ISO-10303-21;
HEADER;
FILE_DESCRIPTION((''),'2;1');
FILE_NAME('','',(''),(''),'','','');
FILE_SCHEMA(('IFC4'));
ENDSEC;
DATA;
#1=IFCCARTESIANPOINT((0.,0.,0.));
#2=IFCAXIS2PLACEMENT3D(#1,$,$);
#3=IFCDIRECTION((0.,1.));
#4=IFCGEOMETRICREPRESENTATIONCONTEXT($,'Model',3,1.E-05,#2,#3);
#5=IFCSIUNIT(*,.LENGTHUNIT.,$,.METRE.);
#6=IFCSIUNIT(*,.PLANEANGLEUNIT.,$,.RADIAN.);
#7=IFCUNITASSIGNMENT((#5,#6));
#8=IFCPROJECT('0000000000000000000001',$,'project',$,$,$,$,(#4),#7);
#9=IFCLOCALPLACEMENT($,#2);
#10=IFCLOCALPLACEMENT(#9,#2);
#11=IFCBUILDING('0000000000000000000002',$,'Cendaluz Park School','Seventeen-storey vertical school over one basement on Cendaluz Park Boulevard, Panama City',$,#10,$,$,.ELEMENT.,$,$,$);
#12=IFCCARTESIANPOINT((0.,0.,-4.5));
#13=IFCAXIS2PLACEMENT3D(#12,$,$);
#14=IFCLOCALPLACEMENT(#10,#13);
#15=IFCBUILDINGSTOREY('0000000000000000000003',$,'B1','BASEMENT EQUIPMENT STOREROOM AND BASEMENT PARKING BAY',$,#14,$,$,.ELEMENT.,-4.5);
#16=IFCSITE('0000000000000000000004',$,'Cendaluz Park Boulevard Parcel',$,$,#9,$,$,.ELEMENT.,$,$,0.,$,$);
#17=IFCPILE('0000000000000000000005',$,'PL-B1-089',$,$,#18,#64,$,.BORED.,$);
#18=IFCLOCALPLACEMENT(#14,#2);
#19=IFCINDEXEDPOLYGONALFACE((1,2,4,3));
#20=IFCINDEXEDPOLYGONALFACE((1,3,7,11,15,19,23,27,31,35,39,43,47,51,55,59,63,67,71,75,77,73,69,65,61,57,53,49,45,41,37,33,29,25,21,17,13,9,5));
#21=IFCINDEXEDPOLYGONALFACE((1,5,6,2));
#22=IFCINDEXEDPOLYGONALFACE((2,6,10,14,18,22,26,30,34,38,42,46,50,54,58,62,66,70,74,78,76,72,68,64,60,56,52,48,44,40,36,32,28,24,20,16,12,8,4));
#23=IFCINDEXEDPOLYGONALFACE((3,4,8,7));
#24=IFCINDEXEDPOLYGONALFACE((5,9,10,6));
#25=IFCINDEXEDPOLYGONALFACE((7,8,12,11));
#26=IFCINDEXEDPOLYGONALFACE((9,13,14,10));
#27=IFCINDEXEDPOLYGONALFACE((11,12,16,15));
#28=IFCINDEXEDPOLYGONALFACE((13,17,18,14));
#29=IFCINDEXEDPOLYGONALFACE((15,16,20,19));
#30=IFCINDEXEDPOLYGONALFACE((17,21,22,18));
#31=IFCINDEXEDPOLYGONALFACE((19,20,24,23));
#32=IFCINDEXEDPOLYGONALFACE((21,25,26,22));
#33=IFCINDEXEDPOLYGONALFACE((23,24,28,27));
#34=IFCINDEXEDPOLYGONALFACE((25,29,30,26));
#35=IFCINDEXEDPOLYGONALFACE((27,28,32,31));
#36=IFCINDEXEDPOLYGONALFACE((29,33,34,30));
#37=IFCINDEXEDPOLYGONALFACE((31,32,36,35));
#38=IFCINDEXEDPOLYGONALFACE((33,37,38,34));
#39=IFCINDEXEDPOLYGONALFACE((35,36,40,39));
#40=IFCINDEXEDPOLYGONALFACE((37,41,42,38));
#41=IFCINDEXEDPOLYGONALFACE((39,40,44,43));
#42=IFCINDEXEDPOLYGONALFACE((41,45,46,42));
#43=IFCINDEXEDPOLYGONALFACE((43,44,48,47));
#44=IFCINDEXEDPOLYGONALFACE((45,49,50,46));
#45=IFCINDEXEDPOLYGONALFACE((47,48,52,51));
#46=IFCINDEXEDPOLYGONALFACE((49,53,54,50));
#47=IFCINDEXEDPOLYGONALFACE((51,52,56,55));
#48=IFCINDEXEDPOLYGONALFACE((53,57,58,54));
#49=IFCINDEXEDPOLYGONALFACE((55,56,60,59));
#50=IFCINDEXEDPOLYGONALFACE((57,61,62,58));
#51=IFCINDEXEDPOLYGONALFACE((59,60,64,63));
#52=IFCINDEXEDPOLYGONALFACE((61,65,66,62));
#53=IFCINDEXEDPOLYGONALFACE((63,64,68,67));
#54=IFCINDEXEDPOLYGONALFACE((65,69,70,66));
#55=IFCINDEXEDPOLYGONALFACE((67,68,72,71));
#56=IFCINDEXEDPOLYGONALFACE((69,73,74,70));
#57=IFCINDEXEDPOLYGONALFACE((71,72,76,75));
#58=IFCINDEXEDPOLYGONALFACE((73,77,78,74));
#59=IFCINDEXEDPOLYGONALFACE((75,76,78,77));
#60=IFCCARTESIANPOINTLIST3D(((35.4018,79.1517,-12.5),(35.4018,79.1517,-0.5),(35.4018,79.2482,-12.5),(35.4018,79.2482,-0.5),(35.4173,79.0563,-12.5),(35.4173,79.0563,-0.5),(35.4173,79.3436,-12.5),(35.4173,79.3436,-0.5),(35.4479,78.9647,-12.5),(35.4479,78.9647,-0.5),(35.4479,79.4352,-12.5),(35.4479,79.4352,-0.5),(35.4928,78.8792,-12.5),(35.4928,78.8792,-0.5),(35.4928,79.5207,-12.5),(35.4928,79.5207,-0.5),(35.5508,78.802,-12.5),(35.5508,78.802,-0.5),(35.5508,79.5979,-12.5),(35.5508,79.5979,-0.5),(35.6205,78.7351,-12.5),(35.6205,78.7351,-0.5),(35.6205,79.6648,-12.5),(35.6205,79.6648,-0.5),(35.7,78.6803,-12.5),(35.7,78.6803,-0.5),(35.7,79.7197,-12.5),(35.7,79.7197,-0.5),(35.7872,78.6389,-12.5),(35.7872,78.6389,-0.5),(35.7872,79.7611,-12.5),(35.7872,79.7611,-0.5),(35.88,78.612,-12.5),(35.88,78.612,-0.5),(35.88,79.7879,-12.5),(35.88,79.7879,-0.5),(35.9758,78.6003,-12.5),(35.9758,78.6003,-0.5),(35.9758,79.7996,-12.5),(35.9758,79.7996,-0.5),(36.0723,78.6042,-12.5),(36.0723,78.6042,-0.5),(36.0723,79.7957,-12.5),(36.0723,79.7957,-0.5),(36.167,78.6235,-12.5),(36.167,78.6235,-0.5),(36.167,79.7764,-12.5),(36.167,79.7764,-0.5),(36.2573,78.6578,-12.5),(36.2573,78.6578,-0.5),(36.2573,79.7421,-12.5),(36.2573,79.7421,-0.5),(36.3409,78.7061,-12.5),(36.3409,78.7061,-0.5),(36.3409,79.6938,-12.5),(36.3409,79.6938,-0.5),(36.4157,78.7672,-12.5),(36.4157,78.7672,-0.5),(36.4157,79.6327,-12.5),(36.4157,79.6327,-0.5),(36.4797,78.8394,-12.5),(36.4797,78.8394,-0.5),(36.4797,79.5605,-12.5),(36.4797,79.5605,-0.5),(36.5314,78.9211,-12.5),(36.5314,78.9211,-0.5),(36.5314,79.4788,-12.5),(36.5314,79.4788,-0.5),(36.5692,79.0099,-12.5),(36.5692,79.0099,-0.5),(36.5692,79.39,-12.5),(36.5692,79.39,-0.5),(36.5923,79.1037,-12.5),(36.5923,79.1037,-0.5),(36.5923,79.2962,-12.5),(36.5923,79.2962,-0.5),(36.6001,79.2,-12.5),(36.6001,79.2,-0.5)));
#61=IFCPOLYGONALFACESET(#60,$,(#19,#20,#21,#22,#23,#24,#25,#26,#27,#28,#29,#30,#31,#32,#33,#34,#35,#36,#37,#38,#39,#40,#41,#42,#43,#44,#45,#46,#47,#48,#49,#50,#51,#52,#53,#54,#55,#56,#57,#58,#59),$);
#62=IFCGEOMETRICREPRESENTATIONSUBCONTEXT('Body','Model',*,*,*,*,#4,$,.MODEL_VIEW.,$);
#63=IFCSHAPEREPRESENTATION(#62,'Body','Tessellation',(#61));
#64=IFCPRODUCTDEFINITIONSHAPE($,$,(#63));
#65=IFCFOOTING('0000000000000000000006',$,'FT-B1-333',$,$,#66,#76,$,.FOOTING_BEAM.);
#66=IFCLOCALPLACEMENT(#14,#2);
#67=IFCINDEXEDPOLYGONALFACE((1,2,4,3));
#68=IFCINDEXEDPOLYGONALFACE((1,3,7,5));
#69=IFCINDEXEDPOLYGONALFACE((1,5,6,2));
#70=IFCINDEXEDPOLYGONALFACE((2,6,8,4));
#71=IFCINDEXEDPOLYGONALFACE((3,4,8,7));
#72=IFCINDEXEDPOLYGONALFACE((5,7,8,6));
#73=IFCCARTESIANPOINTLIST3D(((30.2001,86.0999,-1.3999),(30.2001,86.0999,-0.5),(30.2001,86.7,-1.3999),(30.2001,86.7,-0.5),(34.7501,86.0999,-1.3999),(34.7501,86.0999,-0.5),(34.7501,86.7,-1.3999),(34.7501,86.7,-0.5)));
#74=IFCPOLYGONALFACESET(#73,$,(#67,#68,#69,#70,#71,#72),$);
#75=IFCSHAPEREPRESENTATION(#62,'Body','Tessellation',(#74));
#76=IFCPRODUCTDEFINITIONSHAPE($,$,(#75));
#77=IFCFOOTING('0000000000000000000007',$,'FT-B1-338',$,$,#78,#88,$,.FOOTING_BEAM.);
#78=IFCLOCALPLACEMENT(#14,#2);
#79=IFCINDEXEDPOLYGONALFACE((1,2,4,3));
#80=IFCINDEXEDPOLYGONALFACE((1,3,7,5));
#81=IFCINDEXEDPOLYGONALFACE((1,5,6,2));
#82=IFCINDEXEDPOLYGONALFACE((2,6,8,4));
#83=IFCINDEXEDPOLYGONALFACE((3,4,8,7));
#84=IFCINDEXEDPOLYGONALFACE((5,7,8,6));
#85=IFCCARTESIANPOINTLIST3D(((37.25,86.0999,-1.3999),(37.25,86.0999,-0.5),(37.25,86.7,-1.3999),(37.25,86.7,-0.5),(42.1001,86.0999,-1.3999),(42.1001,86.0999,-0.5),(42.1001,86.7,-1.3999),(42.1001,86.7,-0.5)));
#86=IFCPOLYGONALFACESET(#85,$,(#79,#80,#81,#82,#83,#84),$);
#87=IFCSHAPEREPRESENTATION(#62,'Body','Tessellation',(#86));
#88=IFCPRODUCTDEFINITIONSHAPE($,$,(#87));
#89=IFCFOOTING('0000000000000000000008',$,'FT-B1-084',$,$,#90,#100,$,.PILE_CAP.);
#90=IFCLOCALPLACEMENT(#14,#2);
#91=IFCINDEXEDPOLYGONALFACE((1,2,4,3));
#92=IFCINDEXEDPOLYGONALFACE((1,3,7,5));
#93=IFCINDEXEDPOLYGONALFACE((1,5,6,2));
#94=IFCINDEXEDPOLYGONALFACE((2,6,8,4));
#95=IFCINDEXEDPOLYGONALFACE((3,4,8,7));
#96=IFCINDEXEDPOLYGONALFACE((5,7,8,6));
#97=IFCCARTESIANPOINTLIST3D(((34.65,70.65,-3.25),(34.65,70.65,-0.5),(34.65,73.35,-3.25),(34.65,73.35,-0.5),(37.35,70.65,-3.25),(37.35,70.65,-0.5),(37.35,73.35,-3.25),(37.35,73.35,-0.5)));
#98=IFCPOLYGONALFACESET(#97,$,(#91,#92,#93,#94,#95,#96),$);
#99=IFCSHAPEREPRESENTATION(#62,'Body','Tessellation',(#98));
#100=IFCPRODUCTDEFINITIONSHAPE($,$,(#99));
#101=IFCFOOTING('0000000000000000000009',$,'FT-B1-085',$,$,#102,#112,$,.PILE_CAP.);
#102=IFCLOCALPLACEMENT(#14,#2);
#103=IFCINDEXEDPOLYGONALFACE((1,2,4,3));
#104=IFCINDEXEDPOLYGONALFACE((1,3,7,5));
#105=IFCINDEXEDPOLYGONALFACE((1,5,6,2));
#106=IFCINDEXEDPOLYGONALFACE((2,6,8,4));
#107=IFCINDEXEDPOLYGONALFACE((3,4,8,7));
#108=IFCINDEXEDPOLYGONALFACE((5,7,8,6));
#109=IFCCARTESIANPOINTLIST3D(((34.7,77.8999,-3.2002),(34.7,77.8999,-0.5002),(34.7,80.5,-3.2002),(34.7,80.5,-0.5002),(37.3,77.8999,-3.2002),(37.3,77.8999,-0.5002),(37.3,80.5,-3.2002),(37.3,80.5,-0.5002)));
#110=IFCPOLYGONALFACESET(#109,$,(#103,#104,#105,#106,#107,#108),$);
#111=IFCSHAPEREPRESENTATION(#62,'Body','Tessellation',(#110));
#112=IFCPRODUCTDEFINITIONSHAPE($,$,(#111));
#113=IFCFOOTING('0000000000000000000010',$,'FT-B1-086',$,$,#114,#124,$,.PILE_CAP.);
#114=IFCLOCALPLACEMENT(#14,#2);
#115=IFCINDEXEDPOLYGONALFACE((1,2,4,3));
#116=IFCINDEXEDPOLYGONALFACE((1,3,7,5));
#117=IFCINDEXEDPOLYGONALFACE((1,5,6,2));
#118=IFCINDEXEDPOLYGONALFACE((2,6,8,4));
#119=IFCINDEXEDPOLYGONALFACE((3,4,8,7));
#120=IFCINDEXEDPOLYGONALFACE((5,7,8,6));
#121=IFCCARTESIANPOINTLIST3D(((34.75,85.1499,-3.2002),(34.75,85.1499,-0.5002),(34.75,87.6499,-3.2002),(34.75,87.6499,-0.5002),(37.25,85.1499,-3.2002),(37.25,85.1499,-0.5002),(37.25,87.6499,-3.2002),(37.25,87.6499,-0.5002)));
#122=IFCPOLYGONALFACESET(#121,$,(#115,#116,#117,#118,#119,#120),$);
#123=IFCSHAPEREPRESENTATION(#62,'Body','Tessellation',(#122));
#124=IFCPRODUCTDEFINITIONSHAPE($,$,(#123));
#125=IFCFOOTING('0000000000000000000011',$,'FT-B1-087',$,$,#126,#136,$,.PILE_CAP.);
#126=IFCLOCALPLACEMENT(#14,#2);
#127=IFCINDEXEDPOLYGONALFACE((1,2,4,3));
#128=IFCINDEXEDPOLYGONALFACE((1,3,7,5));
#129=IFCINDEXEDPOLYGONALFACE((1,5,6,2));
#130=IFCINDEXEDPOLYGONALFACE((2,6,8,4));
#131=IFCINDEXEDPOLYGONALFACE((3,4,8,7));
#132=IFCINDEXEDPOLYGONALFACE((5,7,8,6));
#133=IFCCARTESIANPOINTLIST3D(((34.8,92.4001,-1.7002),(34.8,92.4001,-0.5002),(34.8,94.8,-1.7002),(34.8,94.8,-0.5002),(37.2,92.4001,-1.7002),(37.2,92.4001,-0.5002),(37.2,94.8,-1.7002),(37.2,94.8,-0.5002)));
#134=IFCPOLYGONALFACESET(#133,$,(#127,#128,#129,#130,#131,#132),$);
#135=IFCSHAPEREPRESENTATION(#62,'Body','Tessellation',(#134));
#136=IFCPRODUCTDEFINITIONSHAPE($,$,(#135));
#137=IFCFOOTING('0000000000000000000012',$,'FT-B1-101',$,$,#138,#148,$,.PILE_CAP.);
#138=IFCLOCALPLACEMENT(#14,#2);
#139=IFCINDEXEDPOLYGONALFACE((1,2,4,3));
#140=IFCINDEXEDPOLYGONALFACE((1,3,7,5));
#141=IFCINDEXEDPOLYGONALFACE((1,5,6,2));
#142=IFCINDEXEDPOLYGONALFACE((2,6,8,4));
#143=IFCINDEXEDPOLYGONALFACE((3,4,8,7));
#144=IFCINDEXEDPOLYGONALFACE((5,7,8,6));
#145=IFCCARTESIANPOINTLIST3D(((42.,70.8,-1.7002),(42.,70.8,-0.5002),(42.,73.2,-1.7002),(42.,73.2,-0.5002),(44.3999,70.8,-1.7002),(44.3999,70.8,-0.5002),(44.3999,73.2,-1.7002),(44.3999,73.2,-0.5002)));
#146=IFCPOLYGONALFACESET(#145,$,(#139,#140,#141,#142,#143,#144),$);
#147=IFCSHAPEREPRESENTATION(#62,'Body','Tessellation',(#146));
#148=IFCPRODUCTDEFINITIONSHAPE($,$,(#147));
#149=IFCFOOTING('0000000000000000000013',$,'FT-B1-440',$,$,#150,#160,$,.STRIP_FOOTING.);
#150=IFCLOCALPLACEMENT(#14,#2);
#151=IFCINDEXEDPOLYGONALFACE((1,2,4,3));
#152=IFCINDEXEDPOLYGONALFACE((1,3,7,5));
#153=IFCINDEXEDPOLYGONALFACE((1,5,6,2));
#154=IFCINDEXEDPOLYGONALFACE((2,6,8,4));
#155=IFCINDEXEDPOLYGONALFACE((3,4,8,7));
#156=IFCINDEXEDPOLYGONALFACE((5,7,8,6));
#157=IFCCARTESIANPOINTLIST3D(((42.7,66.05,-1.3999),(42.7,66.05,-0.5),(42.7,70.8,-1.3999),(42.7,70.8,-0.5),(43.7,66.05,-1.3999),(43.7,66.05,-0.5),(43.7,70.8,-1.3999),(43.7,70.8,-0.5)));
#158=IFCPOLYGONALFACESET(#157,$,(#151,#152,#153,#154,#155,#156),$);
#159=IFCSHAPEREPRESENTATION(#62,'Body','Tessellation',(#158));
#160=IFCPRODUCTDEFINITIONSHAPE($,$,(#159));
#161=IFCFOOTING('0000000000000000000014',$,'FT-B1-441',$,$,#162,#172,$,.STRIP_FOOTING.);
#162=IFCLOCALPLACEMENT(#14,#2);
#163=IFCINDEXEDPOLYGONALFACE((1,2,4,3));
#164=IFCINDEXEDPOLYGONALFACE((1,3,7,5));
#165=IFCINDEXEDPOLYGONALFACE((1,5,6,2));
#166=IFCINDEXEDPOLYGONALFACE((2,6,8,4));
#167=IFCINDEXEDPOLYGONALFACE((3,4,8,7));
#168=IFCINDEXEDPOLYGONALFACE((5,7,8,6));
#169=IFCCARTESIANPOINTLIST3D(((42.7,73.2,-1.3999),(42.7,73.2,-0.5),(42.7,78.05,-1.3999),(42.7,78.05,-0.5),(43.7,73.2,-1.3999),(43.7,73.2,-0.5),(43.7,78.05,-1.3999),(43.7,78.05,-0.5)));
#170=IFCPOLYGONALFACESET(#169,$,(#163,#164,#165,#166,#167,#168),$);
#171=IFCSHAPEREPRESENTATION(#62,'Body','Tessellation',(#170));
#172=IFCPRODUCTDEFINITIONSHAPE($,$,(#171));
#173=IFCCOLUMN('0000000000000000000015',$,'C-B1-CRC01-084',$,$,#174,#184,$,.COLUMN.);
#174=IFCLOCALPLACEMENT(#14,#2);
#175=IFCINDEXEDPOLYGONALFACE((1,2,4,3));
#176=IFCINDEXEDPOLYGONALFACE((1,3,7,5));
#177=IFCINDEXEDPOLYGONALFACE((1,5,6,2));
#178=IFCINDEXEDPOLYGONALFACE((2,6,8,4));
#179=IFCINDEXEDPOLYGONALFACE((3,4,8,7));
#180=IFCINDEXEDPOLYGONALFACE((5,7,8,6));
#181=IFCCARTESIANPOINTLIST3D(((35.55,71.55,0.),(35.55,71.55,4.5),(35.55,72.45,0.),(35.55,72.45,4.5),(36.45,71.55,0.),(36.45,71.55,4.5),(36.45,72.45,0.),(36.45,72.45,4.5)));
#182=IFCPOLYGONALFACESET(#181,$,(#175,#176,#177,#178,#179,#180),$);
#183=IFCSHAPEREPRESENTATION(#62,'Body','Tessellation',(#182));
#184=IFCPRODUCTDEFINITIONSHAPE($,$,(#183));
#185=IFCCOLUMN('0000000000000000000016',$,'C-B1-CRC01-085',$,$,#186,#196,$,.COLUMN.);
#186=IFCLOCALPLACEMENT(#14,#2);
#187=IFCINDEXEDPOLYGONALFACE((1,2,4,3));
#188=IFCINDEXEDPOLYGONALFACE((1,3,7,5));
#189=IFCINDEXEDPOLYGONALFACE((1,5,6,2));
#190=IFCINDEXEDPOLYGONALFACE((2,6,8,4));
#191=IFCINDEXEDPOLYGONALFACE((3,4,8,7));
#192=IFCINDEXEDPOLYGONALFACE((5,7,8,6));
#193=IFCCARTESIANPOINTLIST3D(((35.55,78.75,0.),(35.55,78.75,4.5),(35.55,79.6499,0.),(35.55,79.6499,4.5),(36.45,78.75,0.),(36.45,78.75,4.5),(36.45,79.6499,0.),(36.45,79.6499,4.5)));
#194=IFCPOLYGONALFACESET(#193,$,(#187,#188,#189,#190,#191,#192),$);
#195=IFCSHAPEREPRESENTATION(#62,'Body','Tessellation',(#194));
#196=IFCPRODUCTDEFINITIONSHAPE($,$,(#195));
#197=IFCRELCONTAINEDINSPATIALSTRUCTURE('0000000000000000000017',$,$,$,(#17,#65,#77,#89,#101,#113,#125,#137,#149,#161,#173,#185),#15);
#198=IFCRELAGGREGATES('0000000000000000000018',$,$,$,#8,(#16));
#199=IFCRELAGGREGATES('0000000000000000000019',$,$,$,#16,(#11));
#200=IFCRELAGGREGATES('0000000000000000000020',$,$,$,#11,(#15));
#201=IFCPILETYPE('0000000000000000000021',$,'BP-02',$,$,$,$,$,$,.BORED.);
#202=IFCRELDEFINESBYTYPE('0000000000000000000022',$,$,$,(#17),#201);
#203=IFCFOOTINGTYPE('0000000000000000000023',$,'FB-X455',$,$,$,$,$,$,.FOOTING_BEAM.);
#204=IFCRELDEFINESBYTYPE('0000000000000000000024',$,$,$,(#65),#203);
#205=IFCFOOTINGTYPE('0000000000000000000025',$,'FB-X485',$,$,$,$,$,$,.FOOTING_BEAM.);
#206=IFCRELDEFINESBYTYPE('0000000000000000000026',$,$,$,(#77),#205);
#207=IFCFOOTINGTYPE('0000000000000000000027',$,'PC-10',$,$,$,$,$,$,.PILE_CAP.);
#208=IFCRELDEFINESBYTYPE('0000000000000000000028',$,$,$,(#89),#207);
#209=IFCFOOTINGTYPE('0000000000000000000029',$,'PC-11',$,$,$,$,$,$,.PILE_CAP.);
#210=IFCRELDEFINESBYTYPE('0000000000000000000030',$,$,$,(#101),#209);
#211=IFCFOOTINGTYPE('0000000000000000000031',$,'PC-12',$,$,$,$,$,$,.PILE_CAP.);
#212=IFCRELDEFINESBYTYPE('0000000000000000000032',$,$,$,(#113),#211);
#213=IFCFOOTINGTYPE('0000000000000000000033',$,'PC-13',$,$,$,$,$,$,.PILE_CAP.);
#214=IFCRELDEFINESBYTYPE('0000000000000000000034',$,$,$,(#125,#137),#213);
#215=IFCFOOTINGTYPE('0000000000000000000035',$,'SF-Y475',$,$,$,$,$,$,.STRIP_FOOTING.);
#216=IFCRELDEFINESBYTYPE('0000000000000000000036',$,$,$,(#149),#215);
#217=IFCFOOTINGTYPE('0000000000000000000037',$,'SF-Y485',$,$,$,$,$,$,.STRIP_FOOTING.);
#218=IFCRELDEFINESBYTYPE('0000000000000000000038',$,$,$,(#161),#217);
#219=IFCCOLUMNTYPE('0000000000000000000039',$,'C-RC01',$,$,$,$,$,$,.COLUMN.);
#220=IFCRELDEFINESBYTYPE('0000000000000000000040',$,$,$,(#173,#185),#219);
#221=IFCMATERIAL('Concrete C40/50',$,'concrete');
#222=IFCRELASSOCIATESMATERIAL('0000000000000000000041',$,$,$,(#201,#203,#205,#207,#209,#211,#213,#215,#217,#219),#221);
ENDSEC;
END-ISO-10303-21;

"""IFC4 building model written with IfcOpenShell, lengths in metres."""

from ifc_helpers import new_model, si_unit, direction, frame, origin, origin_2d, place, context, subcontext, project, spatial, rectangle, circle, extrude, material, material_profile, profile_set, type_object, element, save


model = new_model("IFC4")

# Units and contexts
model_context = context("Model", 3, precision=1e-05, world=origin(), true_north=direction((0.0, 1.0)))
body_context = subcontext(model_context, "Body", "Model", "MODEL_VIEW")
ifc_project = project(units=[si_unit("LENGTHUNIT", "METRE"), si_unit("PLANEANGLEUNIT", "RADIAN")], contexts=[model_context])

# Site, building, storey
site_placement = place(None, origin())
site = spatial("IfcSite", under=ifc_project, at=site_placement, Name="Cendaluz Park Boulevard Parcel", CompositionType="ELEMENT", RefElevation=0.0)
building_placement = place(site_placement, origin())
building = spatial("IfcBuilding", under=site, at=building_placement, Name="Cendaluz Park School", Description="Seventeen-storey vertical school over one basement on Cendaluz Park Boulevard, Panama City", CompositionType="ELEMENT")
storey_placement = place(building_placement, frame((0.0, 0.0, -4.5)))
storey = spatial("IfcBuildingStorey", under=building, at=storey_placement, Name="B1", Description="BASEMENT EQUIPMENT STOREROOM AND BASEMENT PARKING BAY", CompositionType="ELEMENT", Elevation=-4.5)

# Pile
ifc_material_1 = material(Name="Concrete C40/50", Category="concrete")
ifc_material_profile_1 = material_profile(ifc_material_1, circle(Radius=0.6001, at=origin_2d()), Name="BP D1200", Category="concrete")
ifc_profile_set_1 = profile_set([ifc_material_profile_1], Name="Concrete C40/50")
pile_type_1 = type_object("IfcPileType", Name="BP-02", PredefinedType="BORED", material=ifc_profile_set_1)
for number, where, z_axis, x_axis, name in (
    (1, (36.0, 79.2, -0.5), (0.0, 0.0, -1.0), (1.0, 0.0, 0.0), "PL-B1-089"),
):
    element("IfcPile", number, at=place(storey_placement, frame(where, z_axis=z_axis, x_axis=x_axis)), inside=storey, type_object=pile_type_1, Name=name, PredefinedType="BORED", context=body_context, shape_type="SweptSolid", body=[
        extrude(circle(Radius=0.6001, at=origin_2d()), origin(), (0.0, 0.0, 1.0), 12.0),
    ])

# Footings
footing_type_1 = type_object("IfcFootingType", Name="FB-X455", PredefinedType="FOOTING_BEAM", material=ifc_material_1)
footing_1_placement = place(storey_placement, frame((32.4751, 86.3999, -1.3999), z_axis=(0.0, 0.0, 1.0), x_axis=(1.0, 0.0, 0.0)))
element("IfcFooting", 2, at=footing_1_placement, inside=storey, type_object=footing_type_1, Name="FT-B1-333", PredefinedType="FOOTING_BEAM", context=body_context, shape_type="SweptSolid", body=[
    extrude(rectangle(XDim=4.55, YDim=0.6001, at=origin_2d()), origin(), (0.0, 0.0, 1.0), 0.8999),
])
footing_type_2 = type_object("IfcFootingType", Name="FB-X485", PredefinedType="FOOTING_BEAM", material=ifc_material_1)
footing_2_placement = place(storey_placement, frame((39.675, 86.3999, -1.3999), z_axis=(0.0, 0.0, 1.0), x_axis=(1.0, 0.0, 0.0)))
element("IfcFooting", 3, at=footing_2_placement, inside=storey, type_object=footing_type_2, Name="FT-B1-338", PredefinedType="FOOTING_BEAM", context=body_context, shape_type="SweptSolid", body=[
    extrude(rectangle(XDim=4.8501, YDim=0.6001, at=origin_2d()), origin(), (0.0, 0.0, 1.0), 0.8999),
])
footing_type_3 = type_object("IfcFootingType", Name="PC-10", PredefinedType="PILE_CAP", material=ifc_material_1)
footing_3_placement = place(storey_placement, frame((36.0, 72.0, -3.25), z_axis=(0.0, 0.0, 1.0), x_axis=(1.0, 0.0, 0.0)))
element("IfcFooting", 4, at=footing_3_placement, inside=storey, type_object=footing_type_3, Name="FT-B1-084", PredefinedType="PILE_CAP", context=body_context, shape_type="SweptSolid", body=[
    extrude(rectangle(XDim=2.7, YDim=2.7, at=origin_2d()), origin(), (0.0, 0.0, 1.0), 2.75),
])
footing_type_4 = type_object("IfcFootingType", Name="PC-11", PredefinedType="PILE_CAP", material=ifc_material_1)
footing_4_placement = place(storey_placement, frame((36.0, 79.2, -3.2002), z_axis=(0.0, 0.0, 1.0), x_axis=(1.0, 0.0, 0.0)))
element("IfcFooting", 5, at=footing_4_placement, inside=storey, type_object=footing_type_4, Name="FT-B1-085", PredefinedType="PILE_CAP", context=body_context, shape_type="SweptSolid", body=[
    extrude(rectangle(XDim=2.6001, YDim=2.6001, at=origin_2d()), origin(), (0.0, 0.0, 1.0), 2.7),
])
footing_type_5 = type_object("IfcFootingType", Name="PC-12", PredefinedType="PILE_CAP", material=ifc_material_1)
footing_5_placement = place(storey_placement, frame((36.0, 86.3999, -3.2002), z_axis=(0.0, 0.0, 1.0), x_axis=(1.0, 0.0, 0.0)))
element("IfcFooting", 6, at=footing_5_placement, inside=storey, type_object=footing_type_5, Name="FT-B1-086", PredefinedType="PILE_CAP", context=body_context, shape_type="SweptSolid", body=[
    extrude(rectangle(XDim=2.5, YDim=2.5, at=origin_2d()), origin(), (0.0, 0.0, 1.0), 2.7),
])
footing_type_6 = type_object("IfcFootingType", Name="PC-13", PredefinedType="PILE_CAP", material=ifc_material_1)
for number, where, z_axis, x_axis, name in (
    (7, (36.0, 93.6001, -1.7002), (0.0, 0.0, 1.0), (1.0, 0.0, 0.0), "FT-B1-087"),
    (8, (43.2, 72.0, -1.7002), (0.0, 0.0, 1.0), (1.0, 0.0, 0.0), "FT-B1-101"),
):
    element("IfcFooting", number, at=place(storey_placement, frame(where, z_axis=z_axis, x_axis=x_axis)), inside=storey, type_object=footing_type_6, Name=name, PredefinedType="PILE_CAP", context=body_context, shape_type="SweptSolid", body=[
        extrude(rectangle(XDim=2.3999, YDim=2.3999, at=origin_2d()), origin(), (0.0, 0.0, 1.0), 1.2),
    ])
footing_type_7 = type_object("IfcFootingType", Name="SF-Y475", PredefinedType="STRIP_FOOTING", material=ifc_material_1)
footing_6_placement = place(storey_placement, frame((43.2, 68.425, -1.3999), z_axis=(0.0, 0.0, 1.0), x_axis=(1.0, 0.0, 0.0)))
element("IfcFooting", 9, at=footing_6_placement, inside=storey, type_object=footing_type_7, Name="FT-B1-440", PredefinedType="STRIP_FOOTING", context=body_context, shape_type="SweptSolid", body=[
    extrude(rectangle(XDim=1.0, YDim=4.75, at=origin_2d()), origin(), (0.0, 0.0, 1.0), 0.8999),
])
footing_type_8 = type_object("IfcFootingType", Name="SF-Y485", PredefinedType="STRIP_FOOTING", material=ifc_material_1)
footing_7_placement = place(storey_placement, frame((43.2, 75.625, -1.3999), z_axis=(0.0, 0.0, 1.0), x_axis=(1.0, 0.0, 0.0)))
element("IfcFooting", 10, at=footing_7_placement, inside=storey, type_object=footing_type_8, Name="FT-B1-441", PredefinedType="STRIP_FOOTING", context=body_context, shape_type="SweptSolid", body=[
    extrude(rectangle(XDim=1.0, YDim=4.8501, at=origin_2d()), origin(), (0.0, 0.0, 1.0), 0.8999),
])

# Columns
ifc_material_profile_2 = material_profile(ifc_material_1, rectangle(XDim=0.8999, YDim=0.8999, at=origin_2d()), Name="RC 900x900", Category="concrete")
ifc_profile_set_2 = profile_set([ifc_material_profile_2], Name="Concrete C40/50")
column_type_1 = type_object("IfcColumnType", Name="C-RC01", PredefinedType="COLUMN", material=ifc_profile_set_2)
for number, where, z_axis, x_axis, name in (
    (11, (36.0, 72.0, 0.0), (0.0, 0.0, 1.0), (1.0, 0.0, 0.0), "C-B1-CRC01-084"),
    (12, (36.0, 79.2, 0.0), (0.0, 0.0, 1.0), (1.0, 0.0, 0.0), "C-B1-CRC01-085"),
):
    element("IfcColumn", number, at=place(storey_placement, frame(where, z_axis=z_axis, x_axis=x_axis)), inside=storey, type_object=column_type_1, Name=name, PredefinedType="COLUMN", context=body_context, shape_type="SweptSolid", body=[
        extrude(rectangle(XDim=0.8999, YDim=0.8999, at=origin_2d()), origin(), (0.0, 0.0, 1.0), 4.5),
    ])

save(model, "model.ifc")
